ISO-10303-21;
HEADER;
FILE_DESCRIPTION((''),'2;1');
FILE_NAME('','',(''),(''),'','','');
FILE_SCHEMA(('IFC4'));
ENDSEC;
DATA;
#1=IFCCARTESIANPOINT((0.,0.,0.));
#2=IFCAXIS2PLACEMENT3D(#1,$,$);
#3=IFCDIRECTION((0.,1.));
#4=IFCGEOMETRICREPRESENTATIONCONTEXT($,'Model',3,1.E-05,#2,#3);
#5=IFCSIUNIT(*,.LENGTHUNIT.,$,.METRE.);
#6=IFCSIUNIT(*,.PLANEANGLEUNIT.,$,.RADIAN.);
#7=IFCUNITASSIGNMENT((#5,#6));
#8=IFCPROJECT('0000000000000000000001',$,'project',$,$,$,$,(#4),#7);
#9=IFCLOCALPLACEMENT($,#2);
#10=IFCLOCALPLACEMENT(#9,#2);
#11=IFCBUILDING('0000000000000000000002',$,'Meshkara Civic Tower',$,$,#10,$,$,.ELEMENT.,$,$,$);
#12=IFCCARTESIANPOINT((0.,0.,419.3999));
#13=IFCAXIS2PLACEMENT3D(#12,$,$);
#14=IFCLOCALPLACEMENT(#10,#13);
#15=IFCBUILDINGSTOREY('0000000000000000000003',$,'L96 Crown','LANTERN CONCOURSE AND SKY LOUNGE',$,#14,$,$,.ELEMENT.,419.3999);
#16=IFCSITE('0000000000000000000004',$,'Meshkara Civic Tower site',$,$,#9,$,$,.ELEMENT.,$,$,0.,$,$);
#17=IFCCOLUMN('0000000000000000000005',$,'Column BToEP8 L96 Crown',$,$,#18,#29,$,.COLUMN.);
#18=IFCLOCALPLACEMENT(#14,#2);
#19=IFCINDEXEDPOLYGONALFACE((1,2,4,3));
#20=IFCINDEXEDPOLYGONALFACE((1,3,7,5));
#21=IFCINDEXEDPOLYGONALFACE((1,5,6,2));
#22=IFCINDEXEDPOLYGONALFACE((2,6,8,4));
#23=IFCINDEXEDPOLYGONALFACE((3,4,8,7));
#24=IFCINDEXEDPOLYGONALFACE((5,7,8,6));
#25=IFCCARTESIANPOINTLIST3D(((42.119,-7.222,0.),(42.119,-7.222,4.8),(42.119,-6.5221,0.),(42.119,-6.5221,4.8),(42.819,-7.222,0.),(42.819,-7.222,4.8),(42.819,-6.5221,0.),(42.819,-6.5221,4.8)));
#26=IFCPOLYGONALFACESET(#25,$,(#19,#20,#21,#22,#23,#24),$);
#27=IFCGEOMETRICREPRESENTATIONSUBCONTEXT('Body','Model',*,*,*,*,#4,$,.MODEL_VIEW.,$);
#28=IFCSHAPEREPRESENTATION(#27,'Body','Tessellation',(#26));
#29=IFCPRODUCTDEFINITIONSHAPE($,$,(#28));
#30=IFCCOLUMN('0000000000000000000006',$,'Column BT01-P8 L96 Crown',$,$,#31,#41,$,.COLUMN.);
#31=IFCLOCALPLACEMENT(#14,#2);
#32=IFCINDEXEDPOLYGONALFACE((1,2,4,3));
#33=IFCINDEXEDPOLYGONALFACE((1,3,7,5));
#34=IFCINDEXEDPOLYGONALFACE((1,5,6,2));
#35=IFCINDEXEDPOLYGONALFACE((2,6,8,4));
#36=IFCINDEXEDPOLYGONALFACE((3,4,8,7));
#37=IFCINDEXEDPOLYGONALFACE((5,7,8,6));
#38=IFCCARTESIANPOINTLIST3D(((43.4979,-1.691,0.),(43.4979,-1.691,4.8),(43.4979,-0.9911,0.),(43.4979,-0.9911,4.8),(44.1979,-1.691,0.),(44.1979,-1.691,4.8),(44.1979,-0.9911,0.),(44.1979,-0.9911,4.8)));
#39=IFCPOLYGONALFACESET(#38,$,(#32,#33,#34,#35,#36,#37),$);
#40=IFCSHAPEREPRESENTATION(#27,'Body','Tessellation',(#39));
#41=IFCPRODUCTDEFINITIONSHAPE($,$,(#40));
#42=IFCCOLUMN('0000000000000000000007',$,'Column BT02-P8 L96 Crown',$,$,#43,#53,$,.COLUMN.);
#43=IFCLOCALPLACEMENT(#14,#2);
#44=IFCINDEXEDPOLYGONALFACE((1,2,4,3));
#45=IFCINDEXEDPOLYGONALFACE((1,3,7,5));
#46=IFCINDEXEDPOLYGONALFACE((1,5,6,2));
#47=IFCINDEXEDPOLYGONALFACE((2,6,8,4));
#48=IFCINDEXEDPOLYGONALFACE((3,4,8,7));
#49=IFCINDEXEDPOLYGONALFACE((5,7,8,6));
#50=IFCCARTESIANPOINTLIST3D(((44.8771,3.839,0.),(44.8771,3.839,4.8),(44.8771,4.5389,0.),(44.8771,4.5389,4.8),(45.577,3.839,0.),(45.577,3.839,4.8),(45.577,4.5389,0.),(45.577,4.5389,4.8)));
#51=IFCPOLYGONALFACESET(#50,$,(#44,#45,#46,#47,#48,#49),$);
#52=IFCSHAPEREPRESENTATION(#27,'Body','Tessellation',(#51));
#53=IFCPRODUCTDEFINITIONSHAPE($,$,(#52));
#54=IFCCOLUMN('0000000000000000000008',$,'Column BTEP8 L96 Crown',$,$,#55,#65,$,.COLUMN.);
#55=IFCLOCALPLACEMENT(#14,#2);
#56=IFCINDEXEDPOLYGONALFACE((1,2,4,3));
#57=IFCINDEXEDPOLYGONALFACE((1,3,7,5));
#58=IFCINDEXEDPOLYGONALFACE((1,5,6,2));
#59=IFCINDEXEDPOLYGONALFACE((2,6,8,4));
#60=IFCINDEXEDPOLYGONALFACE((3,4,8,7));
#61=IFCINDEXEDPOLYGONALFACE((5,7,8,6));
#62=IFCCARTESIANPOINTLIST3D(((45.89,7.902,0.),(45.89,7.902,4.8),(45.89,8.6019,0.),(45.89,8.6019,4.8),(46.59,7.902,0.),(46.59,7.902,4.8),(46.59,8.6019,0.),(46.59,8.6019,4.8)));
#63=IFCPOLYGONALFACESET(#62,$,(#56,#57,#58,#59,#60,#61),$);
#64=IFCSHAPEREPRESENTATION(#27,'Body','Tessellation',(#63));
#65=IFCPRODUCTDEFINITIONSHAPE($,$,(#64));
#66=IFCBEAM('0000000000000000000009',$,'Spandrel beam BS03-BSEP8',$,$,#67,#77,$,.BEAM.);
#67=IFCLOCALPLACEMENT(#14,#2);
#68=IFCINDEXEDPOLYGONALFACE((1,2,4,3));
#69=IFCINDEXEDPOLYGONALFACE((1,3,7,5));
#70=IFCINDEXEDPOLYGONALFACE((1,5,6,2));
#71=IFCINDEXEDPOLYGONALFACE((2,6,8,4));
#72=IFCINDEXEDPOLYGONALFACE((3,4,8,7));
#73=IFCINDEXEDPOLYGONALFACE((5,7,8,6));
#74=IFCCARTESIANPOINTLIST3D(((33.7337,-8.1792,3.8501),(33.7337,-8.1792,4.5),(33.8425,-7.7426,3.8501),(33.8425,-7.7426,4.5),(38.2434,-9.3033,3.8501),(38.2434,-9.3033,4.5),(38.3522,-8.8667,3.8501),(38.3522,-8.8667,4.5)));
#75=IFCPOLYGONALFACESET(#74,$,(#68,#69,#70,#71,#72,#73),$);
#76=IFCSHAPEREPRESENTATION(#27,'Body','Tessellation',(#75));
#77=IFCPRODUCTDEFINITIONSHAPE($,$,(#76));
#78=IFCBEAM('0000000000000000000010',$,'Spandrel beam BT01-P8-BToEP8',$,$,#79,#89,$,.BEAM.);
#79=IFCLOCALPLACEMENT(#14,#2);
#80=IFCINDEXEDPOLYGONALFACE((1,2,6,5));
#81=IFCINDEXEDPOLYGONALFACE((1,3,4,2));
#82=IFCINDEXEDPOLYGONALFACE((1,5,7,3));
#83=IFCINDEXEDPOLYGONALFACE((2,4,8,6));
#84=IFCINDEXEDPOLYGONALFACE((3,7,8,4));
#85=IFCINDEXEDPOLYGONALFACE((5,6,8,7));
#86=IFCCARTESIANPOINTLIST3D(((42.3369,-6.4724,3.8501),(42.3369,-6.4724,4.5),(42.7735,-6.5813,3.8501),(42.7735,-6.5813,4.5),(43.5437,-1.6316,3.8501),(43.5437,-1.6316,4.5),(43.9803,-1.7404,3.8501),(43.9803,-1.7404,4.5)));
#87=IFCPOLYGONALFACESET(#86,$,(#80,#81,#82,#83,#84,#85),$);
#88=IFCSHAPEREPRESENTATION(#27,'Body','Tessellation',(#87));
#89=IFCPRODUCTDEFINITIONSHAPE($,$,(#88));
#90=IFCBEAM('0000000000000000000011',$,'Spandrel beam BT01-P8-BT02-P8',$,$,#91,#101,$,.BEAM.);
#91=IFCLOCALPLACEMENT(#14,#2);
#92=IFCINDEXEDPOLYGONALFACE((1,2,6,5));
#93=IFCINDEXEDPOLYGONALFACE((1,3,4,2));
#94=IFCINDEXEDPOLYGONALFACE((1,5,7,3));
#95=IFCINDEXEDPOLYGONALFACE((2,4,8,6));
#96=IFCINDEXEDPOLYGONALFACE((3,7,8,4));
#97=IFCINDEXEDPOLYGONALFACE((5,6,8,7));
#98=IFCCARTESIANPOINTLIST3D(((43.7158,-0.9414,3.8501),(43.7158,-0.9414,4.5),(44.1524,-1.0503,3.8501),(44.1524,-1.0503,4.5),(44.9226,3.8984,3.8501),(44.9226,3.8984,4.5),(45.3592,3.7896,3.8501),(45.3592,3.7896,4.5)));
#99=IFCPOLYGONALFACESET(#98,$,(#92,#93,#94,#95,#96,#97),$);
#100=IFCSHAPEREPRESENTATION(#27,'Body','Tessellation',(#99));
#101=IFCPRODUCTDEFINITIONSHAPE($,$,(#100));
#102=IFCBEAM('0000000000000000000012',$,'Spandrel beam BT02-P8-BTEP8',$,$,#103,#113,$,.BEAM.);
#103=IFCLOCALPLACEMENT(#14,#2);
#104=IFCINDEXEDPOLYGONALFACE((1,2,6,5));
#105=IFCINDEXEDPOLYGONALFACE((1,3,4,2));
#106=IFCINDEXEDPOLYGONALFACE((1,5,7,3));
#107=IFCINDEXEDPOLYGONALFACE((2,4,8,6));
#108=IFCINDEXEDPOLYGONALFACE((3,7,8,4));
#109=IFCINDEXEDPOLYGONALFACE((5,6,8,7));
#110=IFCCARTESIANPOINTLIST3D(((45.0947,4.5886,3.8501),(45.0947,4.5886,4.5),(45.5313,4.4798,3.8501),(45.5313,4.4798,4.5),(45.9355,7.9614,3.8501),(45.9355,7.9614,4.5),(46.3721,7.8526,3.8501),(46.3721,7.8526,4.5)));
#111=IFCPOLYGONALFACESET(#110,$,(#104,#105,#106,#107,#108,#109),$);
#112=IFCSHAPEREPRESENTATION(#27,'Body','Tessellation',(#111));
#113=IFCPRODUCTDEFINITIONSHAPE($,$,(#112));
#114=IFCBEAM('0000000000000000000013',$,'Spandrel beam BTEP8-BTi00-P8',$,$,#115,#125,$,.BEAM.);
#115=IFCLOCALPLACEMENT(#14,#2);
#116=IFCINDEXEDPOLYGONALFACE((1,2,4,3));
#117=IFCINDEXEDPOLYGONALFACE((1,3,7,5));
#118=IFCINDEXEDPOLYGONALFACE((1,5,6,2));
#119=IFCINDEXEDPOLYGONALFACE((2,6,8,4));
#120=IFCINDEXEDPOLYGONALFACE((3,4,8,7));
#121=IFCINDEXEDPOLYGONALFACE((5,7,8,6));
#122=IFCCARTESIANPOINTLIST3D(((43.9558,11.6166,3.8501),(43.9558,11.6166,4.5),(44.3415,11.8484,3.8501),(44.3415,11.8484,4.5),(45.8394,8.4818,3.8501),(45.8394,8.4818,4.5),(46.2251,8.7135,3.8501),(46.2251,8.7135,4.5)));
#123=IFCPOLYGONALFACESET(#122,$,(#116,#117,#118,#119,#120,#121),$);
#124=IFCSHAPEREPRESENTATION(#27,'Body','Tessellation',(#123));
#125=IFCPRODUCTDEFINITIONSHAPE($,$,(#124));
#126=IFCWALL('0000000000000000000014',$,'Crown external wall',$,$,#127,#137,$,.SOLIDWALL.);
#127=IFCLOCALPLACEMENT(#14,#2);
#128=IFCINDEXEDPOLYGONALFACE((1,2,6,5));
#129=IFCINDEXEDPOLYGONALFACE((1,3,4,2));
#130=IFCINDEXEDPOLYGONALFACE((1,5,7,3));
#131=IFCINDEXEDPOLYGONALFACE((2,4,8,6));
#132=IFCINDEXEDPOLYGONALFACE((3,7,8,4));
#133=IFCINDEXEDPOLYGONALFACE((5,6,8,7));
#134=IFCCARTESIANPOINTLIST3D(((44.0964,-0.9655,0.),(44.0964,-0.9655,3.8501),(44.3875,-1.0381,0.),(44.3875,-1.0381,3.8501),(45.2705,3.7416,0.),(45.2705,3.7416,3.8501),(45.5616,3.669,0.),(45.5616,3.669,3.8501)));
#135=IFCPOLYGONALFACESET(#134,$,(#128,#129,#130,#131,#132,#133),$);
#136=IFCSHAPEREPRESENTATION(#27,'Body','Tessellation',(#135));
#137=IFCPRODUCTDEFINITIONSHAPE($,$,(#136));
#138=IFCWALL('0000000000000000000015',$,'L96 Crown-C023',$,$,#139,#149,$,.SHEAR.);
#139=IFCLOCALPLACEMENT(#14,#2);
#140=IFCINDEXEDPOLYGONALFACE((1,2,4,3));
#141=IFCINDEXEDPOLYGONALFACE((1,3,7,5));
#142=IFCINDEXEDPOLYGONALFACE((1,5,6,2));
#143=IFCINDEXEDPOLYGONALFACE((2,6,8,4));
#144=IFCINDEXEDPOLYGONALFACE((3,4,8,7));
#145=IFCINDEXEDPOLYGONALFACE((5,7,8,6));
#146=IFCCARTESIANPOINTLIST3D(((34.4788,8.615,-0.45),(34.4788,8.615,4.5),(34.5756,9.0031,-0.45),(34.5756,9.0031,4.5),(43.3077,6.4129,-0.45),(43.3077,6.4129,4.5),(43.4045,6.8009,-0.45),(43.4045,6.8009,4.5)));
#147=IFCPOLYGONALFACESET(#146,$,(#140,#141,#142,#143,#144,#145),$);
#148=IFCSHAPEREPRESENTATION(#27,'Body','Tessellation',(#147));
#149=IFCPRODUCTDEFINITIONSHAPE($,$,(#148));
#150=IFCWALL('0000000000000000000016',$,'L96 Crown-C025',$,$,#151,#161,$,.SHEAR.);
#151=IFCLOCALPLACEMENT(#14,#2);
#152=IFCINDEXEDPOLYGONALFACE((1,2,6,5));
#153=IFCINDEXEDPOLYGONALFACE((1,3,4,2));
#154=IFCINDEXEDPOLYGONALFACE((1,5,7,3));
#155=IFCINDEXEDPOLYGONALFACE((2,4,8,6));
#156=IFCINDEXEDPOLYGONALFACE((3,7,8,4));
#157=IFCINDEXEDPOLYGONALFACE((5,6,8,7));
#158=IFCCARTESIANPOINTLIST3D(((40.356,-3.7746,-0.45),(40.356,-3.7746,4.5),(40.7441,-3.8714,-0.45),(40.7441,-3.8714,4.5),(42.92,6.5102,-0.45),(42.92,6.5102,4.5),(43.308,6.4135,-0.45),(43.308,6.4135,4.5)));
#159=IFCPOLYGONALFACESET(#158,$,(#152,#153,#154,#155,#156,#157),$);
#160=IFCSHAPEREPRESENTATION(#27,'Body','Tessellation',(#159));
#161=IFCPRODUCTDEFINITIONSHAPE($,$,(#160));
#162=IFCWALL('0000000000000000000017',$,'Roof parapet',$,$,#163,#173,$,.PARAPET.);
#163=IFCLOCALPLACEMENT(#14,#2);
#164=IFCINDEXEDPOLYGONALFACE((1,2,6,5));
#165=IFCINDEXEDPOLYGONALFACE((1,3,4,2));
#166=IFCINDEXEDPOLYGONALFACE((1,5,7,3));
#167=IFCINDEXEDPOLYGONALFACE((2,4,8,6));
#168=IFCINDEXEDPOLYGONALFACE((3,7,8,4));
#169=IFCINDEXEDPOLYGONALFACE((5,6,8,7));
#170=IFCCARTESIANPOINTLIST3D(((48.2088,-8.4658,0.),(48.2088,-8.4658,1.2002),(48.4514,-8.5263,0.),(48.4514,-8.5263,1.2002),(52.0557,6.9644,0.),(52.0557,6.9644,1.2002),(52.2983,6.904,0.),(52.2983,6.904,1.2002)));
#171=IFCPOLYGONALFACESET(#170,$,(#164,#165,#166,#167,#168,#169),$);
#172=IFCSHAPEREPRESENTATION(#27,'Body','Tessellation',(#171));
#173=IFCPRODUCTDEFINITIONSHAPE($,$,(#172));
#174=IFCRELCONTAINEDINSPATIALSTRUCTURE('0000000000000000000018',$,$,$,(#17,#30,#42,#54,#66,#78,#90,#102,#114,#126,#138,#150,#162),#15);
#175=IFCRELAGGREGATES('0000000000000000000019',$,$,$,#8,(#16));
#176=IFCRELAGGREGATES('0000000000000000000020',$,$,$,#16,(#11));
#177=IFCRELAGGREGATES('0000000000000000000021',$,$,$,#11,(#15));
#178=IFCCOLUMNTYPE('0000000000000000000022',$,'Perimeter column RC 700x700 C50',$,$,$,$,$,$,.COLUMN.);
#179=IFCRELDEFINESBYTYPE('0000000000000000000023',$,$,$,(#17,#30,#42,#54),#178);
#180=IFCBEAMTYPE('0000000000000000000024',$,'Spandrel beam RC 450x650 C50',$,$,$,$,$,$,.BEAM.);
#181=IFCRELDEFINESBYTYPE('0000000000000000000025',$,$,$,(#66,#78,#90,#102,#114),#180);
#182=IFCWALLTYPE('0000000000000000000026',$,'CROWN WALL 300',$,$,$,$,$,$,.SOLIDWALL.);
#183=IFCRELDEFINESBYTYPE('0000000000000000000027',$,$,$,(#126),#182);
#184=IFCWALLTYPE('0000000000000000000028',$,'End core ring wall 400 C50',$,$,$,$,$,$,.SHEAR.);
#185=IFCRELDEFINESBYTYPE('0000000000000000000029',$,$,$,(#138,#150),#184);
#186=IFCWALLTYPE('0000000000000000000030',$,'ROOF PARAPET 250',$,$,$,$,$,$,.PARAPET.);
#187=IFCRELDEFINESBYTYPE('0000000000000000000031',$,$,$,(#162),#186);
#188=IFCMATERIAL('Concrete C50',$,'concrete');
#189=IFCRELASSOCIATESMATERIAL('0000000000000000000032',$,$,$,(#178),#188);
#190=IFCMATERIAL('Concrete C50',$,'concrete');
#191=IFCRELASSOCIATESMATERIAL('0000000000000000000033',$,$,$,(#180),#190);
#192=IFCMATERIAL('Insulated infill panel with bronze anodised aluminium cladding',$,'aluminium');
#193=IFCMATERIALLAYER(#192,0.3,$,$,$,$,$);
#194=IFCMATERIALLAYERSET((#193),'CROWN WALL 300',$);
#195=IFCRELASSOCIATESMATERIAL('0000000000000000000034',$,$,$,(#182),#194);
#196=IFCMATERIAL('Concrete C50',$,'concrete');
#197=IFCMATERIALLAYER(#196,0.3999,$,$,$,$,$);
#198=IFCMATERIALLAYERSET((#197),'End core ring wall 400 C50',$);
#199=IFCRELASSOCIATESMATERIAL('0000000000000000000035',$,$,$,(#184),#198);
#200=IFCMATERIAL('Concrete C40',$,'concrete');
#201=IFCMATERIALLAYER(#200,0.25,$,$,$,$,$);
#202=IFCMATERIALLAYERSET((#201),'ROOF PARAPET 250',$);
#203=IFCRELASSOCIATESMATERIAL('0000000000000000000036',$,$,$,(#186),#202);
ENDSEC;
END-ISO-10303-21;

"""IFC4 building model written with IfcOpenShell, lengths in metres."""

from ifc_helpers import new_model, si_unit, direction, frame, frame_2d, origin, origin_2d, place, context, subcontext, project, spatial, rectangle, extrude, material, layer, layer_set, material_profile, profile_set, type_object, element, save


model = new_model("IFC4")

# Units and contexts
model_context = context("Model", 3, precision=1e-05, world=origin(), true_north=direction((0.0, 1.0)))
body_context = subcontext(model_context, "Body", "Model", "MODEL_VIEW")
ifc_project = project(units=[si_unit("LENGTHUNIT", "METRE"), si_unit("PLANEANGLEUNIT", "RADIAN")], contexts=[model_context])

# Site, building, storey
site_placement = place(None, origin())
site = spatial("IfcSite", under=ifc_project, at=site_placement, Name="Meshkara Civic Tower site", CompositionType="ELEMENT", RefElevation=0.0)
building_placement = place(site_placement, origin())
building = spatial("IfcBuilding", under=site, at=building_placement, Name="Meshkara Civic Tower", CompositionType="ELEMENT")
storey_placement = place(building_placement, frame((0.0, 0.0, 419.3999)))
storey = spatial("IfcBuildingStorey", under=building, at=storey_placement, Name="L96 Crown", Description="LANTERN CONCOURSE AND SKY LOUNGE", CompositionType="ELEMENT", Elevation=419.3999)

# Columns
ifc_material_1 = material(Name="Concrete C50", Category="concrete")
ifc_material_profile_1 = material_profile(ifc_material_1, rectangle(XDim=0.7, YDim=0.7, at=origin_2d()))
ifc_profile_set_1 = profile_set([ifc_material_profile_1], Name="Concrete C50")
column_type = type_object("IfcColumnType", Name="Perimeter column RC 700x700 C50", PredefinedType="COLUMN", material=ifc_profile_set_1)
for number, where, z_axis, x_axis, name in (
    (1, (42.469, -6.8721, 0.0), (0.0, 0.0, 1.0), (1.0, 0.0, 0.0), "Column BToEP8 L96 Crown"),
    (2, (43.8479, -1.3411, 0.0), (0.0, 0.0, 1.0), (1.0, 0.0, 0.0), "Column BT01-P8 L96 Crown"),
    (3, (45.2271, 4.189, 0.0), (0.0, 0.0, 1.0), (1.0, 0.0, 0.0), "Column BT02-P8 L96 Crown"),
    (4, (46.24, 8.252, 0.0), (0.0, 0.0, 1.0), (1.0, 0.0, 0.0), "Column BTEP8 L96 Crown"),
):
    element("IfcColumn", number, at=place(storey_placement, frame(where, z_axis=z_axis, x_axis=x_axis)), inside=storey, type_object=column_type, Name=name, PredefinedType="COLUMN", context=body_context, shape_type="SweptSolid", body=[
        extrude(rectangle(XDim=0.7, YDim=0.7, at=origin_2d()), origin(), (0.0, 0.0, 1.0), 4.8),
    ])

# Beams
ifc_material_2 = material(Name="Concrete C50", Category="concrete")
ifc_material_profile_2 = material_profile(ifc_material_2, rectangle(XDim=0.45, YDim=0.6499, at=origin_2d()))
ifc_profile_set_2 = profile_set([ifc_material_profile_2], Name="Concrete C50")
beam_type = type_object("IfcBeamType", Name="Spandrel beam RC 450x650 C50", PredefinedType="BEAM", material=ifc_profile_set_2)
beam_1_placement = place(storey_placement, frame((33.7881, -7.9609, 4.175), z_axis=(0.970315, -0.241843, 0.0), x_axis=(0.241843, 0.970315, 0.0)))
element("IfcBeam", 5, at=beam_1_placement, inside=storey, type_object=beam_type, Name="Spandrel beam BS03-BSEP8", PredefinedType="BEAM", context=body_context, shape_type="SweptSolid", body=[
    extrude(rectangle(XDim=0.45, YDim=0.6499, at=origin_2d()), origin(), (0.0, 0.0, 1.0), 4.6477),
])
beam_2_placement = place(storey_placement, frame((42.5552, -6.5269, 4.175), z_axis=(0.241891, 0.970303, 0.0), x_axis=(-0.970303, 0.241891, 0.0)))
element("IfcBeam", 6, at=beam_2_placement, inside=storey, type_object=beam_type, Name="Spandrel beam BT01-P8-BToEP8", PredefinedType="BEAM", context=body_context, shape_type="SweptSolid", body=[
    extrude(rectangle(XDim=0.45, YDim=0.6499, at=origin_2d()), origin(), (0.0, 0.0, 1.0), 4.989),
])
beam_3_placement = place(storey_placement, frame((43.9341, -0.9958, 4.175), z_axis=(0.241937, 0.970292, 0.0), x_axis=(-0.970292, 0.241937, 0.0)))
element("IfcBeam", 7, at=beam_3_placement, inside=storey, type_object=beam_type, Name="Spandrel beam BT01-P8-BT02-P8", PredefinedType="BEAM", context=body_context, shape_type="SweptSolid", body=[
    extrude(rectangle(XDim=0.45, YDim=0.6499, at=origin_2d()), origin(), (0.0, 0.0, 1.0), 4.988),
])
beam_4_placement = place(storey_placement, frame((45.313, 4.5342, 4.175), z_axis=(0.241891, 0.970303, 0.0), x_axis=(-0.970303, 0.241891, 0.0)))
element("IfcBeam", 8, at=beam_4_placement, inside=storey, type_object=beam_type, Name="Spandrel beam BT02-P8-BTEP8", PredefinedType="BEAM", context=body_context, shape_type="SweptSolid", body=[
    extrude(rectangle(XDim=0.45, YDim=0.6499, at=origin_2d()), origin(), (0.0, 0.0, 1.0), 3.4761),
])
beam_5_placement = place(storey_placement, frame((46.0322, 8.5977, 4.175), z_axis=(-0.515036, 0.857169, 0.0), x_axis=(-0.857169, -0.515036, 0.0)))
element("IfcBeam", 9, at=beam_5_placement, inside=storey, type_object=beam_type, Name="Spandrel beam BTEP8-BTi00-P8", PredefinedType="BEAM", context=body_context, shape_type="SweptSolid", body=[
    extrude(rectangle(XDim=0.45, YDim=0.6499, at=origin_2d()), origin(), (0.0, 0.0, 1.0), 3.6572),
])

# Shared definitions
ifc_material_3 = material(Name="Insulated infill panel with bronze anodised aluminium cladding", Category="aluminium")
ifc_layer_1 = layer(ifc_material_3, 0.3)
ifc_layer_set_1 = layer_set([ifc_layer_1], Name="CROWN WALL 300")
wall_type_1 = type_object("IfcWallType", Name="CROWN WALL 300", PredefinedType="SOLIDWALL", material=ifc_layer_set_1)

# Wall
wall_1_placement = place(storey_placement, frame((44.2419, -1.002, 0.0), z_axis=(0.0, 0.0, 1.0), x_axis=(0.242015, 0.970273, 0.0)))
element("IfcWall", 10, at=wall_1_placement, inside=storey, type_object=wall_type_1, Name="Crown external wall", PredefinedType="SOLIDWALL", context=body_context, shape_type="SweptSolid", body=[
    extrude(rectangle(XDim=4.8513, YDim=0.3, at=frame_2d((2.4258, 0.0))), origin(), (0.0, 0.0, 1.0), 3.8501),
])

# Walls
ifc_material_4 = material(Name="Concrete C50", Category="concrete")
ifc_layer_2 = layer(ifc_material_4, 0.3999)
ifc_layer_set_2 = layer_set([ifc_layer_2], Name="End core ring wall 400 C50")
wall_type_2 = type_object("IfcWallType", Name="End core ring wall 400 C50", PredefinedType="SHEAR", material=ifc_layer_set_2)
wall_2_placement = place(storey_placement, frame((34.5271, 8.8091, -0.45), z_axis=(0.0, 0.0, 1.0), x_axis=(0.970273, -0.242012, 0.0)))
element("IfcWall", 11, at=wall_2_placement, inside=storey, type_object=wall_type_2, Name="L96 Crown-C023", PredefinedType="SHEAR", context=body_context, shape_type="SweptSolid", body=[
    extrude(rectangle(XDim=9.0994, YDim=0.3999, at=frame_2d((4.5498, 0.0))), origin(), (0.0, 0.0, 1.0), 4.95),
])
wall_3_placement = place(storey_placement, frame((40.55, -3.823, -0.45), z_axis=(0.0, 0.0, 1.0), x_axis=(0.241891, 0.970304, 0.0)))
element("IfcWall", 12, at=wall_3_placement, inside=storey, type_object=wall_type_2, Name="L96 Crown-C025", PredefinedType="SHEAR", context=body_context, shape_type="SweptSolid", body=[
    extrude(rectangle(XDim=10.5996, YDim=0.3999, at=frame_2d((5.2998, 0.0))), origin(), (0.0, 0.0, 1.0), 4.95),
])
ifc_material_5 = material(Name="Concrete C40", Category="concrete")
ifc_layer_3 = layer(ifc_material_5, 0.25)
ifc_layer_set_3 = layer_set([ifc_layer_3], Name="ROOF PARAPET 250")
wall_type_3 = type_object("IfcWallType", Name="ROOF PARAPET 250", PredefinedType="PARAPET", material=ifc_layer_set_3)
wall_4_placement = place(storey_placement, frame((52.177, 6.9341, 0.0), z_axis=(0.0, 0.0, 1.0), x_axis=(-0.241907, -0.970299, 0.0)))
element("IfcWall", 13, at=wall_4_placement, inside=storey, type_object=wall_type_3, Name="Roof parapet", PredefinedType="PARAPET", context=body_context, shape_type="SweptSolid", body=[
    extrude(rectangle(XDim=15.9026, YDim=0.25, at=frame_2d((7.9512, 0.0))), origin(), (0.0, 0.0, 1.0), 1.2002),
])

save(model, "model.ifc")
